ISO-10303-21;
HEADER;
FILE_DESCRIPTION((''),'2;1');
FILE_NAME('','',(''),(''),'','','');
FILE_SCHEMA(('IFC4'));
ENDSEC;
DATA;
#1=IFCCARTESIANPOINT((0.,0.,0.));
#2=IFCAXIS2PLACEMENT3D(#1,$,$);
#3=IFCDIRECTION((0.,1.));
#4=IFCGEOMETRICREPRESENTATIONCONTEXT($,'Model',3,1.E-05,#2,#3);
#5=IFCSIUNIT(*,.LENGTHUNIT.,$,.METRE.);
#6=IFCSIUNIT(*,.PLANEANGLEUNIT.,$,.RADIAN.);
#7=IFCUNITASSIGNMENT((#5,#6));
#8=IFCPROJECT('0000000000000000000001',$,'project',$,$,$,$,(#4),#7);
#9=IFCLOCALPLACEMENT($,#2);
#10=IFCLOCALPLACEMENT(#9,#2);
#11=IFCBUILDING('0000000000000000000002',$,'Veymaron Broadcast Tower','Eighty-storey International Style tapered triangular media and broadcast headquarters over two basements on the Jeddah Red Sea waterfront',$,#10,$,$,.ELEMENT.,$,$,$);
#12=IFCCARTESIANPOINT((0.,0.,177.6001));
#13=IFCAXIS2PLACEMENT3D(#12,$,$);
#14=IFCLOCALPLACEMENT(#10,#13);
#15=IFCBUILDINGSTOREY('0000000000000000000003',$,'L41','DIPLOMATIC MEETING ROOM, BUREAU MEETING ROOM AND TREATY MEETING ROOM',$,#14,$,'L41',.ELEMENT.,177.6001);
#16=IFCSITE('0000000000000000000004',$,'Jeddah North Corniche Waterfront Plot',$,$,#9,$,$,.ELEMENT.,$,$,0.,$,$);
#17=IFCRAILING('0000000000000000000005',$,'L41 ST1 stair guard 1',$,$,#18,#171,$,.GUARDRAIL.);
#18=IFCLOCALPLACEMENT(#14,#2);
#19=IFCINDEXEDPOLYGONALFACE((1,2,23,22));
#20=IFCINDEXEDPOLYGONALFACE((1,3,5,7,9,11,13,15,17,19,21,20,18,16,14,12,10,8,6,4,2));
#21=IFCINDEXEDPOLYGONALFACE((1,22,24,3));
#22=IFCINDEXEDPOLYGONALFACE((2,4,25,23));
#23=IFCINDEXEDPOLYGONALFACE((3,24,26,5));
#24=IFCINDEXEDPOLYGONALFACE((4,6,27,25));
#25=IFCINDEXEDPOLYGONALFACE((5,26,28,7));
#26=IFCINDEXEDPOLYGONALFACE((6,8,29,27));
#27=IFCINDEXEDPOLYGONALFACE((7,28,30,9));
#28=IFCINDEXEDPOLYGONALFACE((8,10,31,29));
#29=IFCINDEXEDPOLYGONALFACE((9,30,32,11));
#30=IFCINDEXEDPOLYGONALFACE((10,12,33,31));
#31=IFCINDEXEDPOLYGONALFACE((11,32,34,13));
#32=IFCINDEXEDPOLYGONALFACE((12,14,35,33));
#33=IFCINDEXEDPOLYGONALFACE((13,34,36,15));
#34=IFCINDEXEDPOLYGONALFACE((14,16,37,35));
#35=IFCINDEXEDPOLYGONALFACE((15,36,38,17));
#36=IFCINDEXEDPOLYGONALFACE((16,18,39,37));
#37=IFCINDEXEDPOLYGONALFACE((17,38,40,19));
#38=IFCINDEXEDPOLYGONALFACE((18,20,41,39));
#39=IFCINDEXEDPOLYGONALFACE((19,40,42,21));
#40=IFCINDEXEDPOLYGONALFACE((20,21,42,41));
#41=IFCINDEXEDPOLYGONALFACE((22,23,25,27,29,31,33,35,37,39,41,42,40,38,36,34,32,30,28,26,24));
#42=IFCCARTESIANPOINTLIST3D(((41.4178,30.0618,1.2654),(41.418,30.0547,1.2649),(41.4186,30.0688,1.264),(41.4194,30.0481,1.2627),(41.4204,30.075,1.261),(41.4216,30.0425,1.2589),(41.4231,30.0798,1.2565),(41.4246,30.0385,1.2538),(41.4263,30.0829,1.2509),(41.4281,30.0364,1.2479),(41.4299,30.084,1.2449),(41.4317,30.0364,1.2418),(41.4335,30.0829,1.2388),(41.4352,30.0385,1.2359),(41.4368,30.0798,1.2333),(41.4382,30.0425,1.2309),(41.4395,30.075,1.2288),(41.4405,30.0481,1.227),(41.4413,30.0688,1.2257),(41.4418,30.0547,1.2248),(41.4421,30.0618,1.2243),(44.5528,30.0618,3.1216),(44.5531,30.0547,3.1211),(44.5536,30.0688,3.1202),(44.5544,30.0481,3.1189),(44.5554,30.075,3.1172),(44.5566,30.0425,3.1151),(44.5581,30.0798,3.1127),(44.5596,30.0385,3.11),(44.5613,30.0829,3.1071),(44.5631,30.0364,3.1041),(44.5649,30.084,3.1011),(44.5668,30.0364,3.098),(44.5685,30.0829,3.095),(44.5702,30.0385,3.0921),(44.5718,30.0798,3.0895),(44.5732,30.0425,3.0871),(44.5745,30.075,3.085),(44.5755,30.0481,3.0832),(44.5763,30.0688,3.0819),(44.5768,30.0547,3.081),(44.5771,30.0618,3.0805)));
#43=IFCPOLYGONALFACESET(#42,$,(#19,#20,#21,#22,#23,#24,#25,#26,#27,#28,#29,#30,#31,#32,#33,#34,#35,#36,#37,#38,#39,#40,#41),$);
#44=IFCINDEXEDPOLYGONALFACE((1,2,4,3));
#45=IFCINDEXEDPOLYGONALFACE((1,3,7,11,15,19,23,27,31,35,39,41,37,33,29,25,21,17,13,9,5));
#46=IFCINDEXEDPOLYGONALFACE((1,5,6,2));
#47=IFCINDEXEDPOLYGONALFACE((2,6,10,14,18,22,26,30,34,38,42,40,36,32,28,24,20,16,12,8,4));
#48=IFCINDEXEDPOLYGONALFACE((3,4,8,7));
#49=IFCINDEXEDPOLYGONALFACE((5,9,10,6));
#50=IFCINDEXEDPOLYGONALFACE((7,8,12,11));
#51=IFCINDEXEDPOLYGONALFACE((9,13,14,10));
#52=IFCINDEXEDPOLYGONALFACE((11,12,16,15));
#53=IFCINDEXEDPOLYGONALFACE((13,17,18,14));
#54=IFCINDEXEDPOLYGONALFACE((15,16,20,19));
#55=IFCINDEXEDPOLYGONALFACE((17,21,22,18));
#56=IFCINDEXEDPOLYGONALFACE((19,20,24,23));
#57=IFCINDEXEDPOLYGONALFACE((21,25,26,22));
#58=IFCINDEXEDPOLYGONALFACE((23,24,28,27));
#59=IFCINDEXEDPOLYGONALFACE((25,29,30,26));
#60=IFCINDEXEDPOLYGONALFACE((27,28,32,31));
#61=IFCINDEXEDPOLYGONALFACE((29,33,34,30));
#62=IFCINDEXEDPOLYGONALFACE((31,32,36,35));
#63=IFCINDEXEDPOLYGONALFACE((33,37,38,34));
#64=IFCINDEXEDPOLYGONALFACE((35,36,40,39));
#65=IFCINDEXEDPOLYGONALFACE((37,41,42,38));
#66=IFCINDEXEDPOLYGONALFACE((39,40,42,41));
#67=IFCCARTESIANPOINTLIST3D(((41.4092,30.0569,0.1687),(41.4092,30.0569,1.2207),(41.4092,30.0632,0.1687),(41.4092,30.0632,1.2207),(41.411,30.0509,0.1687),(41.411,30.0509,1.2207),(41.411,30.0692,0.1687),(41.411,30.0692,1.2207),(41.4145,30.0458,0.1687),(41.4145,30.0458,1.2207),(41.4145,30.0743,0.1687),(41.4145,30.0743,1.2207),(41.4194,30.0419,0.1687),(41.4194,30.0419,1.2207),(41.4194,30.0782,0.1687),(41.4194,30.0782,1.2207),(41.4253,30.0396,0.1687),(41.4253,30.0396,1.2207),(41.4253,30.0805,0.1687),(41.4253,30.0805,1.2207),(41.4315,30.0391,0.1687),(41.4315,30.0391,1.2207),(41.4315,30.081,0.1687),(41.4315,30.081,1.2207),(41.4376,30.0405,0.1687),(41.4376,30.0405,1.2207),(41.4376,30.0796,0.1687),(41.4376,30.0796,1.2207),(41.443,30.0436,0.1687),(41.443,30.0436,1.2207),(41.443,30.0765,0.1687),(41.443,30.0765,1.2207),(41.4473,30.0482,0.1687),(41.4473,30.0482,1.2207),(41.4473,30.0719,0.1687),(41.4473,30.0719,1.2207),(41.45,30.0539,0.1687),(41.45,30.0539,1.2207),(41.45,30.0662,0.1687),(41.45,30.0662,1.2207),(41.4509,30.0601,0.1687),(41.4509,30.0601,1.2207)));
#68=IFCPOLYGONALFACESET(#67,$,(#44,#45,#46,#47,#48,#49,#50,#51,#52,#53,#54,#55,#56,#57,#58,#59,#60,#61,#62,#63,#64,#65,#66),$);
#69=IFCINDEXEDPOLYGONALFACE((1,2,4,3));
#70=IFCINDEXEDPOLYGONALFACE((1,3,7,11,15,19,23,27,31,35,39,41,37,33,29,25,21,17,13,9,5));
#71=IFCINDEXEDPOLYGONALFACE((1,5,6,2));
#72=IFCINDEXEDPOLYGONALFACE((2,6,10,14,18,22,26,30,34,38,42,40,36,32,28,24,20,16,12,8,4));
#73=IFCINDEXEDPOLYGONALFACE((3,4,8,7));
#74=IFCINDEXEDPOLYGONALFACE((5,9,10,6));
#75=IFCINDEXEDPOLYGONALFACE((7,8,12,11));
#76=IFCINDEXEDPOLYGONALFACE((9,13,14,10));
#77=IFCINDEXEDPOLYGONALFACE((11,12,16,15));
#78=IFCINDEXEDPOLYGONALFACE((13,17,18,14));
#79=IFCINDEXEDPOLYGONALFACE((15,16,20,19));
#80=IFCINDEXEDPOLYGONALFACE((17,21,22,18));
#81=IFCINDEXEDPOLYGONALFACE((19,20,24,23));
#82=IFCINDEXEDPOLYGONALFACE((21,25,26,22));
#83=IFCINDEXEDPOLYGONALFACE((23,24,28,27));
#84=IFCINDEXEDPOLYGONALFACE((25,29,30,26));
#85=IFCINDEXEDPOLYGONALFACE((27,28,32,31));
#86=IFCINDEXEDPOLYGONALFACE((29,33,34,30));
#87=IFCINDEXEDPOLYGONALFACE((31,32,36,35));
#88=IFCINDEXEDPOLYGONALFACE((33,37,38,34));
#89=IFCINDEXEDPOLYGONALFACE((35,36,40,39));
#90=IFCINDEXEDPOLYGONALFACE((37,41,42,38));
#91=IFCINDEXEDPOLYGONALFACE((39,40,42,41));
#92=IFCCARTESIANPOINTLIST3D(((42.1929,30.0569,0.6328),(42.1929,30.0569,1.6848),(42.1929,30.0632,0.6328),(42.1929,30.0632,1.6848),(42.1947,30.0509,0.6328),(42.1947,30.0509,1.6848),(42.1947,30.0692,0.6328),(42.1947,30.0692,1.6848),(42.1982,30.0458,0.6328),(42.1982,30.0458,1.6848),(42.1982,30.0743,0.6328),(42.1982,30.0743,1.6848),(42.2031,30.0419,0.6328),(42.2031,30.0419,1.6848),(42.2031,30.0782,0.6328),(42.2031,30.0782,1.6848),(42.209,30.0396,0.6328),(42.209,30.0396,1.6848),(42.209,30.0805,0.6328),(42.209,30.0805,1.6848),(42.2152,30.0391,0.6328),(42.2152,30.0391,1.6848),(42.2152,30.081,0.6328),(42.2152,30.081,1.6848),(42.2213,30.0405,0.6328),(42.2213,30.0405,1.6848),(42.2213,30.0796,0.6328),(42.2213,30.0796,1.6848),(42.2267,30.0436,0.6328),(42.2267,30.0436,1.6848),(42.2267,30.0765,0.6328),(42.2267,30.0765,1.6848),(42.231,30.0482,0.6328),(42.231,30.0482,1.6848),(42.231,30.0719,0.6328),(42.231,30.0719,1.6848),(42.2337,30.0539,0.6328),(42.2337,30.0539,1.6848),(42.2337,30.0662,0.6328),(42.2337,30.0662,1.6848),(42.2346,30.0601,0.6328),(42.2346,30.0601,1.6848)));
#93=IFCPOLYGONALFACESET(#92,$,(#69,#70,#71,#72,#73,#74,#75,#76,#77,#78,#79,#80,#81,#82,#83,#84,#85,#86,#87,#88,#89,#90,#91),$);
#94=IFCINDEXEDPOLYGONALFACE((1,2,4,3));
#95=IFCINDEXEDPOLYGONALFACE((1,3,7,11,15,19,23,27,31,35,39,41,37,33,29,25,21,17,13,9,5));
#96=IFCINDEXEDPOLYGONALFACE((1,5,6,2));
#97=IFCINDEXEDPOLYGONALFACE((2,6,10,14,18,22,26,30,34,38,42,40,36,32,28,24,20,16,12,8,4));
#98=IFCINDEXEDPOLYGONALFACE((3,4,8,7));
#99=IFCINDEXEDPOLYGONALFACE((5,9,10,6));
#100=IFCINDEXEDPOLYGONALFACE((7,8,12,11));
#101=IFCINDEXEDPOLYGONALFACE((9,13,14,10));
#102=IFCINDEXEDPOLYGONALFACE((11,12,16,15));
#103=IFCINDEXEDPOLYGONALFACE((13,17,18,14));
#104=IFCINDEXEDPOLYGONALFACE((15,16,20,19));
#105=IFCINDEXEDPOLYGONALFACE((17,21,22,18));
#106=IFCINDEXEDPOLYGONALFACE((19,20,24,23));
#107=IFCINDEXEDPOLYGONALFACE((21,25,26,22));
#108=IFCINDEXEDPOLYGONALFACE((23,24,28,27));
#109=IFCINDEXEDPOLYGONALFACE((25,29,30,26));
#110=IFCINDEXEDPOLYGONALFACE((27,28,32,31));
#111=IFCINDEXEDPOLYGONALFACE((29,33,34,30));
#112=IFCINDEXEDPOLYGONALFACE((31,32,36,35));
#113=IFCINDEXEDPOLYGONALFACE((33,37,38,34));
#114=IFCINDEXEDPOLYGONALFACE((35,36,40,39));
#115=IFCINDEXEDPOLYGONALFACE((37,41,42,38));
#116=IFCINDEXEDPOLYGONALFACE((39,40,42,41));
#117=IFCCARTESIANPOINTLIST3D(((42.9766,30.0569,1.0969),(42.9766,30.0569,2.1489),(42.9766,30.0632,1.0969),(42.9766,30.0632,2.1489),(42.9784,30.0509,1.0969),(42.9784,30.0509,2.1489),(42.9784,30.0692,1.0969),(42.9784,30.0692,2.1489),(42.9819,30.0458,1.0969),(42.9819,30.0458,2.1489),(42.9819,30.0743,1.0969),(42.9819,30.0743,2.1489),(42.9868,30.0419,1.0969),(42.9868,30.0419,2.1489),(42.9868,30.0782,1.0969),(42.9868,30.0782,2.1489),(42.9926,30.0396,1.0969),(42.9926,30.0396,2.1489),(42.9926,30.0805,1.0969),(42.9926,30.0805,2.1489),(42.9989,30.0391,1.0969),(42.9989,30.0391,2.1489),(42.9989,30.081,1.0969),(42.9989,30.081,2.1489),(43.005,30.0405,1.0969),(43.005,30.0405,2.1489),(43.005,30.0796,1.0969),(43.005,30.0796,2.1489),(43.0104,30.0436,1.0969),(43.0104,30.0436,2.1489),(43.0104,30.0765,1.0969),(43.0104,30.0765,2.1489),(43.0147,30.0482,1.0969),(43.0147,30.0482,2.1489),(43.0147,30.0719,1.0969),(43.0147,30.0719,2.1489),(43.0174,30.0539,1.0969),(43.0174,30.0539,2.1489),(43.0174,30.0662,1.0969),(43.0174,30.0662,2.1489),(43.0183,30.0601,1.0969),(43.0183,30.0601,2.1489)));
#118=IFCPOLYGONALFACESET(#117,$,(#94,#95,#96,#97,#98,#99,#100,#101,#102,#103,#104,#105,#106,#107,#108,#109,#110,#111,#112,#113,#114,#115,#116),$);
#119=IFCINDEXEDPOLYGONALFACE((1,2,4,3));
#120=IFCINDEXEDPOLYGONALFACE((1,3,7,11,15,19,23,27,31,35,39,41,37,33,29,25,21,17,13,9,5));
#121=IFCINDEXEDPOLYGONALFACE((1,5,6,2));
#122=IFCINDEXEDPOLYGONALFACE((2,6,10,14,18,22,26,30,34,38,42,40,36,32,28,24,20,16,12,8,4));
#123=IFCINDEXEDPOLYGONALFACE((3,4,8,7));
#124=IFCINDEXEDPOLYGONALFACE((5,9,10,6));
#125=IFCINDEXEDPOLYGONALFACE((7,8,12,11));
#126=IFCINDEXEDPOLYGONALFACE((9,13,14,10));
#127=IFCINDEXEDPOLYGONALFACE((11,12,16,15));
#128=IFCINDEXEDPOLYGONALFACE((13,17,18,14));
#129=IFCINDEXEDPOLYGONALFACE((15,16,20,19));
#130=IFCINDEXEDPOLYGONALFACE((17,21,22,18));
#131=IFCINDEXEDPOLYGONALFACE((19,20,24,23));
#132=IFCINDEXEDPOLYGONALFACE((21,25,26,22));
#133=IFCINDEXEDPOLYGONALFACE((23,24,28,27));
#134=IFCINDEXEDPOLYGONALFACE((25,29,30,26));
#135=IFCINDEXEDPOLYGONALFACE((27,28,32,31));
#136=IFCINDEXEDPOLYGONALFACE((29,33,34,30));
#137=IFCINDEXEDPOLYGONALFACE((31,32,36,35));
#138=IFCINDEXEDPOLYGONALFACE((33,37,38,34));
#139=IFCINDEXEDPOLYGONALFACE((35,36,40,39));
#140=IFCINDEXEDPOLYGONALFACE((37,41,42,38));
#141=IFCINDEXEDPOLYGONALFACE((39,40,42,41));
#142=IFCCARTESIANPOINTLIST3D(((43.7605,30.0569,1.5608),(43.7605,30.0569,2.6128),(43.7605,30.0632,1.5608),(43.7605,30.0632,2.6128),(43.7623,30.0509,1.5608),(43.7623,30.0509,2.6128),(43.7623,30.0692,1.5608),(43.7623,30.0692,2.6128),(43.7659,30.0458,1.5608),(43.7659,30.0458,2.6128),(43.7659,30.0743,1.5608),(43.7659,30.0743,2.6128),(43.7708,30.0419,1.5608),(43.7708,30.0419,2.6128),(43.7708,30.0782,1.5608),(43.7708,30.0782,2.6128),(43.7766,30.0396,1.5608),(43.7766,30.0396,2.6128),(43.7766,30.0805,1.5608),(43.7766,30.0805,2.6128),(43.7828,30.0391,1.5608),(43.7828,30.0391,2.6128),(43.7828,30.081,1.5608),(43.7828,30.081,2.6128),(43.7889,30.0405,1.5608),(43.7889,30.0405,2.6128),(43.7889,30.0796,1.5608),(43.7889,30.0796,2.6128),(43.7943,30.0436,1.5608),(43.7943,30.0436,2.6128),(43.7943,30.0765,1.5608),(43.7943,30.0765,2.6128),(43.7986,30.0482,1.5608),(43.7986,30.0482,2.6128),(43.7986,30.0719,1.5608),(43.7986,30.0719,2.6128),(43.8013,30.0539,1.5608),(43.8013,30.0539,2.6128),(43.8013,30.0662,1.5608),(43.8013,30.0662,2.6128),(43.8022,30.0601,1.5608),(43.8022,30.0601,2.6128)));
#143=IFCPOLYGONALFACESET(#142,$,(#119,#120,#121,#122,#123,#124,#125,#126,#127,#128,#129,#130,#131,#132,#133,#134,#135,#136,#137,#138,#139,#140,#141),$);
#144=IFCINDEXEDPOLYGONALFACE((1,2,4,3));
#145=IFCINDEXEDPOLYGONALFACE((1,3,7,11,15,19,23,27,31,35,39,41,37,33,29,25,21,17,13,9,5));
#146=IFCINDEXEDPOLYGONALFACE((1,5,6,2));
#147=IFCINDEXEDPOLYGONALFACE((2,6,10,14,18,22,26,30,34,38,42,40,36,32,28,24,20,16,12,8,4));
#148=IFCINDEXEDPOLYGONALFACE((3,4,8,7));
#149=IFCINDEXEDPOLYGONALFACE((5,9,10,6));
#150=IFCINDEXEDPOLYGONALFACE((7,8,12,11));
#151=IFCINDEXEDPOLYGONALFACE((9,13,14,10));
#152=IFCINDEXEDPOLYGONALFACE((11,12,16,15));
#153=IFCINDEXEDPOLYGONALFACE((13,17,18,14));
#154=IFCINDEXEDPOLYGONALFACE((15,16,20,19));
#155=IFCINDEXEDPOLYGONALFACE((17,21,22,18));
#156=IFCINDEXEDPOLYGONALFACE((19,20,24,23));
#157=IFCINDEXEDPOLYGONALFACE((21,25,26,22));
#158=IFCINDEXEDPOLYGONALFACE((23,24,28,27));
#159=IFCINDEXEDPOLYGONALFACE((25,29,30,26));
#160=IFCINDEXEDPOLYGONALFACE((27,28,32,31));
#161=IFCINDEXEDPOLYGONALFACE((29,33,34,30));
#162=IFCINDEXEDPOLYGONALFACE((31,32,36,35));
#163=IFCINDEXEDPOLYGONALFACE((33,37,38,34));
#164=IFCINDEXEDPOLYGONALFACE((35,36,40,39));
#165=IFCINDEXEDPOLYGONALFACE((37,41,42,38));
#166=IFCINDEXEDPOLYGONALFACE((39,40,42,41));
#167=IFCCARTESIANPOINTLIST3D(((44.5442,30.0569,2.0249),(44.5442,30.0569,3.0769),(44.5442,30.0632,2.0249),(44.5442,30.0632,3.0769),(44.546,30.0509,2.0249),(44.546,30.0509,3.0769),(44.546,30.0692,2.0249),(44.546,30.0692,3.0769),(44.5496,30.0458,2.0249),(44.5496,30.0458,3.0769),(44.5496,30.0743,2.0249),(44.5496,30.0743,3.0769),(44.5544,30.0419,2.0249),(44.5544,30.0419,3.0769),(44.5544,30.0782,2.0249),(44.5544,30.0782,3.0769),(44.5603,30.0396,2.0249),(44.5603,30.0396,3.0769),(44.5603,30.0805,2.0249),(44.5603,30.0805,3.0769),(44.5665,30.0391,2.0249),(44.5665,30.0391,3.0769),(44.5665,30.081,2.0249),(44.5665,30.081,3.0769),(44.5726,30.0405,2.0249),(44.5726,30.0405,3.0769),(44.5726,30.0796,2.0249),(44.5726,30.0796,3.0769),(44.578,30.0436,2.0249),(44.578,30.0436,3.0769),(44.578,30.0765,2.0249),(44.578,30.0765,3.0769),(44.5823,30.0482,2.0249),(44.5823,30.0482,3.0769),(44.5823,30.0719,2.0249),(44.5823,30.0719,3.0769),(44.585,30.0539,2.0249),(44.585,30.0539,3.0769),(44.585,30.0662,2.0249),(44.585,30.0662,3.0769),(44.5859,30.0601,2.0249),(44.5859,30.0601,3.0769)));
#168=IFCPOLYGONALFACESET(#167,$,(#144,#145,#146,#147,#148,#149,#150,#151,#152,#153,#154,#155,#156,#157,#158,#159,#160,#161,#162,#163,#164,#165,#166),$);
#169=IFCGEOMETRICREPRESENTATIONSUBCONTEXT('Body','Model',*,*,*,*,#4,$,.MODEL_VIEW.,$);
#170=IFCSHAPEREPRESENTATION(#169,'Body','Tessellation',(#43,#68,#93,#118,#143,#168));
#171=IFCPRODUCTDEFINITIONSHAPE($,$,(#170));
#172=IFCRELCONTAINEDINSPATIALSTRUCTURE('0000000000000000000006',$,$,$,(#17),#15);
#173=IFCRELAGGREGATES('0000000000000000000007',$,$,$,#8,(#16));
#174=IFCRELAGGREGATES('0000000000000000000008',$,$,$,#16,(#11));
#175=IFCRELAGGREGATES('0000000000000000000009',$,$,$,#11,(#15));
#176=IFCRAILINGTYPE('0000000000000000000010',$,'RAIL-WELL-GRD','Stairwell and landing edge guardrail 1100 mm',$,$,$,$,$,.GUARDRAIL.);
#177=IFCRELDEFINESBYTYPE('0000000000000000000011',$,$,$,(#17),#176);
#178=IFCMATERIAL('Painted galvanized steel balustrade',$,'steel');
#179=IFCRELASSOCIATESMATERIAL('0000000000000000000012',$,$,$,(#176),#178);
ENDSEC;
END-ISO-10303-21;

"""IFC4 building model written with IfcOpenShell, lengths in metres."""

from ifc_helpers import new_model, si_unit, direction, frame, origin, origin_2d, place, context, subcontext, project, spatial, circle, extrude, material, type_object, element, save


model = new_model("IFC4")

# Units and contexts
model_context = context("Model", 3, precision=1e-05, world=origin(), true_north=direction((0.0, 1.0)))
body_context = subcontext(model_context, "Body", "Model", "MODEL_VIEW")
ifc_project = project(units=[si_unit("LENGTHUNIT", "METRE"), si_unit("PLANEANGLEUNIT", "RADIAN")], contexts=[model_context])

# Site, building, storey
site_placement = place(None, origin())
site = spatial("IfcSite", under=ifc_project, at=site_placement, Name="Jeddah North Corniche Waterfront Plot", CompositionType="ELEMENT", RefElevation=0.0)
building_placement = place(site_placement, origin())
building = spatial("IfcBuilding", under=site, at=building_placement, Name="Veymaron Broadcast Tower", Description="Eighty-storey International Style tapered triangular media and broadcast headquarters over two basements on the Jeddah Red Sea waterfront", CompositionType="ELEMENT")
storey_placement = place(building_placement, frame((0.0, 0.0, 177.6001)))
storey = spatial("IfcBuildingStorey", under=building, at=storey_placement, Name="L41", Description="DIPLOMATIC MEETING ROOM, BUREAU MEETING ROOM AND TREATY MEETING ROOM", LongName="L41", CompositionType="ELEMENT", Elevation=177.6001)

# Railing
ifc_material_1 = material(Name="Painted galvanized steel balustrade", Category="steel")
railing_type_1 = type_object("IfcRailingType", Name="RAIL-WELL-GRD", Description="Stairwell and landing edge guardrail 1100 mm", PredefinedType="GUARDRAIL", material=ifc_material_1)
railing_1_placement = place(storey_placement, frame((41.4299, 30.0601, 0.1687)))
element("IfcRailing", 1, at=railing_1_placement, inside=storey, type_object=railing_type_1, Name="L41 ST1 stair guard 1", PredefinedType="GUARDRAIL", context=body_context, shape_type="SweptSolid", body=[
    extrude(circle(Radius=0.0239, at=origin_2d()), frame((0.0, 0.0, 1.0762), z_axis=(0.860482, 0.0, 0.509481), x_axis=(0.0, 1.0, 0.0)), (0.0, 0.0, 1.0), 3.6433),
    extrude(circle(Radius=0.021, at=origin_2d()), origin(), (0.0, 0.0, 1.0), 1.052),
    extrude(circle(Radius=0.021, at=origin_2d()), frame((0.7837, 0.0, 0.4641)), (0.0, 0.0, 1.0), 1.052),
    extrude(circle(Radius=0.021, at=origin_2d()), frame((1.5674, 0.0, 0.9282)), (0.0, 0.0, 1.0), 1.052),
    extrude(circle(Radius=0.021, at=origin_2d()), frame((2.3513, 0.0, 1.3921)), (0.0, 0.0, 1.0), 1.052),
    extrude(circle(Radius=0.021, at=origin_2d()), frame((3.135, 0.0, 1.8562)), (0.0, 0.0, 1.0), 1.052),
])

save(model, "model.ifc")
